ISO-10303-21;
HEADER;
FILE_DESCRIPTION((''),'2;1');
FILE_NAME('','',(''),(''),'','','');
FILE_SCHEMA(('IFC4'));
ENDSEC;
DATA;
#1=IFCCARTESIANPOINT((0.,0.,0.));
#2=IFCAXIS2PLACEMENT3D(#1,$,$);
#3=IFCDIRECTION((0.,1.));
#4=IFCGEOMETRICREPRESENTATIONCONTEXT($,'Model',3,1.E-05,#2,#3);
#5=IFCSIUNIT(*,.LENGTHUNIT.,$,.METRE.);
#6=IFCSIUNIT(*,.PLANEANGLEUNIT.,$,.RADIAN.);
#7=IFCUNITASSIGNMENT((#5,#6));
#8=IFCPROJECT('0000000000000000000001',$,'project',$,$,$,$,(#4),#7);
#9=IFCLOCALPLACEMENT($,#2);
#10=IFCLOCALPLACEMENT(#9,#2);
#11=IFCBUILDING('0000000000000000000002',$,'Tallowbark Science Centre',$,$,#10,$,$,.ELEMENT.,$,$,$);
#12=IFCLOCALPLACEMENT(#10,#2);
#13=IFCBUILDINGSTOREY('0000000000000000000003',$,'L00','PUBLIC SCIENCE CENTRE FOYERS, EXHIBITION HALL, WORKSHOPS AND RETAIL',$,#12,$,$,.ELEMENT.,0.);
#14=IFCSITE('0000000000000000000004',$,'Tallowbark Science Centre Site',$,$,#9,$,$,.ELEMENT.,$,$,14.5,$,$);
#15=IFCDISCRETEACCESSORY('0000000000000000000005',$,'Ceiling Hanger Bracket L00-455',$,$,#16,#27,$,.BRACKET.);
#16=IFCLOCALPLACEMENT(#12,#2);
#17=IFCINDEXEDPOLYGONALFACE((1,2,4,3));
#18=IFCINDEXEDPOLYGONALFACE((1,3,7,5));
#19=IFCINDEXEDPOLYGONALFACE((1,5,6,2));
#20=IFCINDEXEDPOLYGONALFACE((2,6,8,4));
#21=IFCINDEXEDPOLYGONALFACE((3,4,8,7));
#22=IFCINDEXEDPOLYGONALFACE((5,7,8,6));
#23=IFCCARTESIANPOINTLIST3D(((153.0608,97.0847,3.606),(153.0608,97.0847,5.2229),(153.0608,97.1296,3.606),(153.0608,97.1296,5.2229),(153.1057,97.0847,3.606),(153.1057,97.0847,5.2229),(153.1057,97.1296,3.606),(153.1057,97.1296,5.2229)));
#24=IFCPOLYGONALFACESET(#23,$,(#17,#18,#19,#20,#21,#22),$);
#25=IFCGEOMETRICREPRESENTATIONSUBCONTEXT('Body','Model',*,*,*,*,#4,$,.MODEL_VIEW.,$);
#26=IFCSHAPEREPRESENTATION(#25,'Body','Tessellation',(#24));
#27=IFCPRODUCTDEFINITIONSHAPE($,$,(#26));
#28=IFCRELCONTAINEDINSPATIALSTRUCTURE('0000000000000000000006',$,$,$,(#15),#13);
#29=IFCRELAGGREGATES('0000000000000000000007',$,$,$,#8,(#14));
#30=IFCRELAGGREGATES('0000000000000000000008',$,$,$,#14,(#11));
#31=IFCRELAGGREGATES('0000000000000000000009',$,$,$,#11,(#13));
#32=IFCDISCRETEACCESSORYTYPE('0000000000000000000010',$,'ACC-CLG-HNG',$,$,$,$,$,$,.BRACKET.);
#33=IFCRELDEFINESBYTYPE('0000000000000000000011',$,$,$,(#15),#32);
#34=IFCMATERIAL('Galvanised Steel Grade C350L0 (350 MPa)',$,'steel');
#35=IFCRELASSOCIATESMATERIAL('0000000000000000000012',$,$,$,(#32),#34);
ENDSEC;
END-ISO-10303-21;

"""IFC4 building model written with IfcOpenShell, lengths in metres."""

from ifc_helpers import new_model, si_unit, direction, frame, origin, origin_2d, place, context, subcontext, project, spatial, rectangle, extrude, material, type_object, element, save


model = new_model("IFC4")

# Units and contexts
model_context = context("Model", 3, precision=1e-05, world=origin(), true_north=direction((0.0, 1.0)))
body_context = subcontext(model_context, "Body", "Model", "MODEL_VIEW")
ifc_project = project(units=[si_unit("LENGTHUNIT", "METRE"), si_unit("PLANEANGLEUNIT", "RADIAN")], contexts=[model_context])

# Site, building, storey
site_placement = place(None, origin())
site = spatial("IfcSite", under=ifc_project, at=site_placement, Name="Tallowbark Science Centre Site", CompositionType="ELEMENT", RefElevation=14.5)
building_placement = place(site_placement, origin())
building = spatial("IfcBuilding", under=site, at=building_placement, Name="Tallowbark Science Centre", CompositionType="ELEMENT")
storey_placement = place(building_placement, origin())
storey = spatial("IfcBuildingStorey", under=building, at=storey_placement, Name="L00", Description="PUBLIC SCIENCE CENTRE FOYERS, EXHIBITION HALL, WORKSHOPS AND RETAIL", CompositionType="ELEMENT", Elevation=0.0)

# Discrete accessory
ifc_material_1 = material(Name="Galvanised Steel Grade C350L0 (350 MPa)", Category="steel")
discrete_accessory_type = type_object("IfcDiscreteAccessoryType", Name="ACC-CLG-HNG", PredefinedType="BRACKET", material=ifc_material_1)
for number, where, z_axis, x_axis, name in (
    (1, (153.0833, 97.1072, 3.606), (0.0, 0.0, 1.0), (1.0, 0.0, 0.0), "Ceiling Hanger Bracket L00-455"),
):
    element("IfcDiscreteAccessory", number, at=place(storey_placement, frame(where, z_axis=z_axis, x_axis=x_axis)), inside=storey, type_object=discrete_accessory_type, Name=name, PredefinedType="BRACKET", context=body_context, shape_type="SweptSolid", body=[
        extrude(rectangle(XDim=0.0449, YDim=0.0449, at=origin_2d()), origin(), (0.0, 0.0, 1.0), 1.6169),
    ])

save(model, "model.ifc")
